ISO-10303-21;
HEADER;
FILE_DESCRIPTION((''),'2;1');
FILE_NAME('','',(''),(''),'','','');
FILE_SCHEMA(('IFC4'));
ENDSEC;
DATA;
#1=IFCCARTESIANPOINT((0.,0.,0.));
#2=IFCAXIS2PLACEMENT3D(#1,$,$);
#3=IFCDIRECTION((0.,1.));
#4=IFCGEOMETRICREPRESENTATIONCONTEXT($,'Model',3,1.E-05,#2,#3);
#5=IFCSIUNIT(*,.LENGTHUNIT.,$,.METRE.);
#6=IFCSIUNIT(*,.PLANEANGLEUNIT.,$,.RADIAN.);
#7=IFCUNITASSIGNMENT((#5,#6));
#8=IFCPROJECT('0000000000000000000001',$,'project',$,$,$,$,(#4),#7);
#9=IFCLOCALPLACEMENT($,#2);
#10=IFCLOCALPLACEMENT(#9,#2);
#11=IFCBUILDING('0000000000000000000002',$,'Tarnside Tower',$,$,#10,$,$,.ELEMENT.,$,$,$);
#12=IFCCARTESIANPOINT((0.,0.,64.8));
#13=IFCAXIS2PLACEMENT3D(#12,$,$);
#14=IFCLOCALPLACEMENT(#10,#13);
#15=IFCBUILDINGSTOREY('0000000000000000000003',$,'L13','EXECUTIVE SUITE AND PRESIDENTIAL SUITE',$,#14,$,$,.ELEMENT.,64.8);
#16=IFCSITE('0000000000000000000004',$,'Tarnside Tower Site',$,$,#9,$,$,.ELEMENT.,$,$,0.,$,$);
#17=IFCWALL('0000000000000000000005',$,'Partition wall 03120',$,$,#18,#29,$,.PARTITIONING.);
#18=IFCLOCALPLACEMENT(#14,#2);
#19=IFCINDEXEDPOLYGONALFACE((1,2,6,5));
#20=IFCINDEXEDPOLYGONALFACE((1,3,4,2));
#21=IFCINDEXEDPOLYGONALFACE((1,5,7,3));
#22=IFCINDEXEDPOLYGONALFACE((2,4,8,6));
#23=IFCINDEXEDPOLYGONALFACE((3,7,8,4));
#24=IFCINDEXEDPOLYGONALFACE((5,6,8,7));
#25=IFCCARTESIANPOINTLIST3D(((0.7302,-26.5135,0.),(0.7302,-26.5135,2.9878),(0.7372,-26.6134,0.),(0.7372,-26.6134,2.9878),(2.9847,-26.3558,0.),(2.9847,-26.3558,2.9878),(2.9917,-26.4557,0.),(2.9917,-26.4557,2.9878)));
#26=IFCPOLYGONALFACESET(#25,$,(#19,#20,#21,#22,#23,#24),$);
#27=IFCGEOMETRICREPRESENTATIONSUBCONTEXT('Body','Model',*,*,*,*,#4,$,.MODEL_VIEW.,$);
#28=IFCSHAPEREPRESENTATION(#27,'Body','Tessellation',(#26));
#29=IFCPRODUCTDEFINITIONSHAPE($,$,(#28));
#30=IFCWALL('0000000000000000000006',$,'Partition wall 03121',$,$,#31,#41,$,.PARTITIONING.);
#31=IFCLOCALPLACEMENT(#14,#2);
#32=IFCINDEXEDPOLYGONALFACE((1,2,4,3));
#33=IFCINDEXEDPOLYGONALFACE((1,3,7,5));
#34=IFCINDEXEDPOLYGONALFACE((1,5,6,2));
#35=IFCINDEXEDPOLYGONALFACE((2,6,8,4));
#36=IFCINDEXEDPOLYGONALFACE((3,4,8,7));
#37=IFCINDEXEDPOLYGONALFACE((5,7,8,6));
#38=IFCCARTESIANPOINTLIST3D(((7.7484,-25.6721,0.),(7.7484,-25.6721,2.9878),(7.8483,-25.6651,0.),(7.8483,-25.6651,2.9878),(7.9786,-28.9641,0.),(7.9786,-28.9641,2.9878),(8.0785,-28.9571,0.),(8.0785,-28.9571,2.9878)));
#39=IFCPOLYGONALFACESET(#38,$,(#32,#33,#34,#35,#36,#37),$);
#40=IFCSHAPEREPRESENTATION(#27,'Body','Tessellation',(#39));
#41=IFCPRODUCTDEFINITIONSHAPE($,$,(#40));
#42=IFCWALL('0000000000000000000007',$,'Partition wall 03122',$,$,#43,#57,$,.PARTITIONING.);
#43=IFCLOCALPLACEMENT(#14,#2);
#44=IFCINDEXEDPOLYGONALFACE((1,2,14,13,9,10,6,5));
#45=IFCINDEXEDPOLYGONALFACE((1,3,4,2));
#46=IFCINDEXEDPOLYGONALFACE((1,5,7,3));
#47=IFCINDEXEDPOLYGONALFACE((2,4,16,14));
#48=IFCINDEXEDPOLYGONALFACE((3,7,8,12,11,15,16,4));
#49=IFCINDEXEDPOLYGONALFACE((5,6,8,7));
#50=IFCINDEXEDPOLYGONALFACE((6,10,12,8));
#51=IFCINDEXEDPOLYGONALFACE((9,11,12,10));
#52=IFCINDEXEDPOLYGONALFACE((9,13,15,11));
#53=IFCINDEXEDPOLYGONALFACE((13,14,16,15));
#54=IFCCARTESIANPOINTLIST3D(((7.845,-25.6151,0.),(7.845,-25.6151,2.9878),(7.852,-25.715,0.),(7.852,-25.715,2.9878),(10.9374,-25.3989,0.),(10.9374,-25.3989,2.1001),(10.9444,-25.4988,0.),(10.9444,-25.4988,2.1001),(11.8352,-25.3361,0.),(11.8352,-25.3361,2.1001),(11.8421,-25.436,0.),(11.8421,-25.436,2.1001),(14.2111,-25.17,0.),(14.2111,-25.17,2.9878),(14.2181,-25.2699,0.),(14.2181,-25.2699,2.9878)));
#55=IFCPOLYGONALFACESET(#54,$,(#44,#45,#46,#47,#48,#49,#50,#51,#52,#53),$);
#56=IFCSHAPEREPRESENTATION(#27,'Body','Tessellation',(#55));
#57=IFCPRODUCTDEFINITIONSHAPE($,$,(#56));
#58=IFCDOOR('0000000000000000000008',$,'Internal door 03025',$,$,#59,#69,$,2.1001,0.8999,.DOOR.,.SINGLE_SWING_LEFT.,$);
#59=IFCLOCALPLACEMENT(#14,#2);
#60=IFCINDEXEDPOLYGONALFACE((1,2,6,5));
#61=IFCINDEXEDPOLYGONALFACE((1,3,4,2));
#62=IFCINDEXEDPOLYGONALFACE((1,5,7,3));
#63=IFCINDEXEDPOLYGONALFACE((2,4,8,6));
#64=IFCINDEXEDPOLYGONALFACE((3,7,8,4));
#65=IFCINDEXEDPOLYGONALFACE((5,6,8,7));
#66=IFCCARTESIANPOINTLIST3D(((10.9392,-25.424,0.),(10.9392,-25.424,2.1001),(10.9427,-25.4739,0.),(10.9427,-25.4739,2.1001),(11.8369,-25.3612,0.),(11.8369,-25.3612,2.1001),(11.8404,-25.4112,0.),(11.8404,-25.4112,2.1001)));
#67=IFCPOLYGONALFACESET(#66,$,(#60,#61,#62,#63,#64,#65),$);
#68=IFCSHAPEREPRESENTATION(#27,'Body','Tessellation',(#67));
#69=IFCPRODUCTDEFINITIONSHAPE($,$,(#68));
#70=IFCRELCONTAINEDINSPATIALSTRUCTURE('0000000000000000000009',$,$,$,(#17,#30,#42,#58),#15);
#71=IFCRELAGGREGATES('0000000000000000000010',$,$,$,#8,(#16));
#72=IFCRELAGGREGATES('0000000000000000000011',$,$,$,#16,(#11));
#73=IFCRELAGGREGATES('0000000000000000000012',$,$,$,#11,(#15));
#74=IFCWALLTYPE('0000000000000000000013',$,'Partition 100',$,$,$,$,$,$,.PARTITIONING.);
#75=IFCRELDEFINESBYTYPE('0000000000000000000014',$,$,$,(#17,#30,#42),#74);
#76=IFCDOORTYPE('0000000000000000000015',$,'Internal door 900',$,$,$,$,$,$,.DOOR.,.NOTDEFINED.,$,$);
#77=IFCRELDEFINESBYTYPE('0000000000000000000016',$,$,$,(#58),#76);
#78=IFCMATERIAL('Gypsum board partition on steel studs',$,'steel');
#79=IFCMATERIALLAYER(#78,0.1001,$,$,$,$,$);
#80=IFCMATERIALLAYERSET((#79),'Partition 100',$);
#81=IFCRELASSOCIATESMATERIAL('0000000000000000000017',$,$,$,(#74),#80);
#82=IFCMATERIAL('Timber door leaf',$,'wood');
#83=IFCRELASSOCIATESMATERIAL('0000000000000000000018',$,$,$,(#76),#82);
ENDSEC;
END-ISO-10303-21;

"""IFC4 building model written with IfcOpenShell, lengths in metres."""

from ifc_helpers import new_model, si_unit, direction, frame, frame_2d, origin, place, context, subcontext, project, spatial, rectangle, extrude, material, layer, layer_set, type_object, element, fill, save


model = new_model("IFC4")

# Units and contexts
model_context = context("Model", 3, precision=1e-05, world=origin(), true_north=direction((0.0, 1.0)))
body_context = subcontext(model_context, "Body", "Model", "MODEL_VIEW")
ifc_project = project(units=[si_unit("LENGTHUNIT", "METRE"), si_unit("PLANEANGLEUNIT", "RADIAN")], contexts=[model_context])

# Site, building, storey
site_placement = place(None, origin())
site = spatial("IfcSite", under=ifc_project, at=site_placement, Name="Tarnside Tower Site", CompositionType="ELEMENT", RefElevation=0.0)
building_placement = place(site_placement, origin())
building = spatial("IfcBuilding", under=site, at=building_placement, Name="Tarnside Tower", CompositionType="ELEMENT")
storey_placement = place(building_placement, frame((0.0, 0.0, 64.8)))
storey = spatial("IfcBuildingStorey", under=building, at=storey_placement, Name="L13", Description="EXECUTIVE SUITE AND PRESIDENTIAL SUITE", CompositionType="ELEMENT", Elevation=64.8)

# Shared definitions
ifc_material_1 = material(Name="Gypsum board partition on steel studs", Category="steel")

# Shared definitions
ifc_material_2 = material(Name="Timber door leaf", Category="wood")

# Shared definitions
ifc_layer_1 = layer(ifc_material_1, 0.1001)
ifc_layer_set_1 = layer_set([ifc_layer_1], Name="Partition 100")
wall_type_1 = type_object("IfcWallType", Name="Partition 100", PredefinedType="PARTITIONING", material=ifc_layer_set_1)
door_type_1 = type_object("IfcDoorType", Name="Internal door 900", OperationType="NOTDEFINED", PredefinedType="DOOR", material=ifc_material_2)

# Walls
wall_1_placement = place(storey_placement, frame((2.988, -26.4058, 0.0), z_axis=(0.0, 0.0, 1.0), x_axis=(-0.997562, -0.069788, 0.0)))
element("IfcWall", 1, at=wall_1_placement, inside=storey, type_object=wall_type_1, Name="Partition wall 03120", PredefinedType="PARTITIONING", context=body_context, shape_type="SweptSolid", body=[
    extrude(rectangle(XDim=2.26, YDim=0.1001, at=frame_2d((1.1299, 0.0))), origin(), (0.0, 0.0, 1.0), 2.9878),
])
wall_2_placement = place(storey_placement, frame((8.0286, -28.9604, 0.0), z_axis=(0.0, 0.0, 1.0), x_axis=(-0.069764, 0.997564, 0.0)))
element("IfcWall", 2, at=wall_2_placement, inside=storey, type_object=wall_type_1, Name="Partition wall 03121", PredefinedType="PARTITIONING", context=body_context, shape_type="SweptSolid", body=[
    extrude(rectangle(XDim=3.3, YDim=0.1001, at=frame_2d((1.6499, 0.0))), origin(), (0.0, 0.0, 1.0), 2.9878),
])

# Wall, opening, door
wall_3_placement = place(storey_placement, frame((7.8484, -25.665, 0.0), z_axis=(0.0, 0.0, 1.0), x_axis=(0.997565, 0.069743, 0.0)))
wall_3 = element("IfcWall", 3, at=wall_3_placement, inside=storey, type_object=wall_type_1, Name="Partition wall 03122", PredefinedType="PARTITIONING", context=body_context, shape_type="SweptSolid", body=[
    extrude(rectangle(XDim=6.3816, YDim=0.1001, at=frame_2d((3.1909, 0.0))), origin(), (0.0, 0.0, 1.0), 2.9878),
])
opening_1_placement = place(wall_3_placement, frame((3.1001, 0.0, 0.0)))
opening_1 = element("IfcOpeningElement", 4, at=opening_1_placement, cuts=wall_3, PredefinedType="OPENING", context=body_context, shape_type="SweptSolid", body=[
    extrude(rectangle(XDim=0.8999, YDim=2.1001, at=frame_2d((0.45, 1.05))), frame((0.0, 0.0601, 0.0), z_axis=(0.0, -1.0, 0.0), x_axis=(1.0, 0.0, 0.0)), (0.0, 0.0, 1.0), 0.1201),
])
door_1_placement = place(opening_1_placement, origin())
door_1 = element("IfcDoor", 5, at=door_1_placement, inside=storey, type_object=door_type_1, Name="Internal door 03025", OperationType="SINGLE_SWING_LEFT", OverallHeight=2.1001, OverallWidth=0.8999, PredefinedType="DOOR", context=body_context, shape_type="SweptSolid", body=[
    extrude(rectangle(XDim=0.8999, YDim=2.1001, at=frame_2d((0.45, 1.05))), frame((0.0, 0.0249, 0.0), z_axis=(0.0, -1.0, 0.0), x_axis=(1.0, 0.0, 0.0)), (0.0, 0.0, 1.0), 0.05),
])
fill(opening_1, door_1)

save(model, "model.ifc")
